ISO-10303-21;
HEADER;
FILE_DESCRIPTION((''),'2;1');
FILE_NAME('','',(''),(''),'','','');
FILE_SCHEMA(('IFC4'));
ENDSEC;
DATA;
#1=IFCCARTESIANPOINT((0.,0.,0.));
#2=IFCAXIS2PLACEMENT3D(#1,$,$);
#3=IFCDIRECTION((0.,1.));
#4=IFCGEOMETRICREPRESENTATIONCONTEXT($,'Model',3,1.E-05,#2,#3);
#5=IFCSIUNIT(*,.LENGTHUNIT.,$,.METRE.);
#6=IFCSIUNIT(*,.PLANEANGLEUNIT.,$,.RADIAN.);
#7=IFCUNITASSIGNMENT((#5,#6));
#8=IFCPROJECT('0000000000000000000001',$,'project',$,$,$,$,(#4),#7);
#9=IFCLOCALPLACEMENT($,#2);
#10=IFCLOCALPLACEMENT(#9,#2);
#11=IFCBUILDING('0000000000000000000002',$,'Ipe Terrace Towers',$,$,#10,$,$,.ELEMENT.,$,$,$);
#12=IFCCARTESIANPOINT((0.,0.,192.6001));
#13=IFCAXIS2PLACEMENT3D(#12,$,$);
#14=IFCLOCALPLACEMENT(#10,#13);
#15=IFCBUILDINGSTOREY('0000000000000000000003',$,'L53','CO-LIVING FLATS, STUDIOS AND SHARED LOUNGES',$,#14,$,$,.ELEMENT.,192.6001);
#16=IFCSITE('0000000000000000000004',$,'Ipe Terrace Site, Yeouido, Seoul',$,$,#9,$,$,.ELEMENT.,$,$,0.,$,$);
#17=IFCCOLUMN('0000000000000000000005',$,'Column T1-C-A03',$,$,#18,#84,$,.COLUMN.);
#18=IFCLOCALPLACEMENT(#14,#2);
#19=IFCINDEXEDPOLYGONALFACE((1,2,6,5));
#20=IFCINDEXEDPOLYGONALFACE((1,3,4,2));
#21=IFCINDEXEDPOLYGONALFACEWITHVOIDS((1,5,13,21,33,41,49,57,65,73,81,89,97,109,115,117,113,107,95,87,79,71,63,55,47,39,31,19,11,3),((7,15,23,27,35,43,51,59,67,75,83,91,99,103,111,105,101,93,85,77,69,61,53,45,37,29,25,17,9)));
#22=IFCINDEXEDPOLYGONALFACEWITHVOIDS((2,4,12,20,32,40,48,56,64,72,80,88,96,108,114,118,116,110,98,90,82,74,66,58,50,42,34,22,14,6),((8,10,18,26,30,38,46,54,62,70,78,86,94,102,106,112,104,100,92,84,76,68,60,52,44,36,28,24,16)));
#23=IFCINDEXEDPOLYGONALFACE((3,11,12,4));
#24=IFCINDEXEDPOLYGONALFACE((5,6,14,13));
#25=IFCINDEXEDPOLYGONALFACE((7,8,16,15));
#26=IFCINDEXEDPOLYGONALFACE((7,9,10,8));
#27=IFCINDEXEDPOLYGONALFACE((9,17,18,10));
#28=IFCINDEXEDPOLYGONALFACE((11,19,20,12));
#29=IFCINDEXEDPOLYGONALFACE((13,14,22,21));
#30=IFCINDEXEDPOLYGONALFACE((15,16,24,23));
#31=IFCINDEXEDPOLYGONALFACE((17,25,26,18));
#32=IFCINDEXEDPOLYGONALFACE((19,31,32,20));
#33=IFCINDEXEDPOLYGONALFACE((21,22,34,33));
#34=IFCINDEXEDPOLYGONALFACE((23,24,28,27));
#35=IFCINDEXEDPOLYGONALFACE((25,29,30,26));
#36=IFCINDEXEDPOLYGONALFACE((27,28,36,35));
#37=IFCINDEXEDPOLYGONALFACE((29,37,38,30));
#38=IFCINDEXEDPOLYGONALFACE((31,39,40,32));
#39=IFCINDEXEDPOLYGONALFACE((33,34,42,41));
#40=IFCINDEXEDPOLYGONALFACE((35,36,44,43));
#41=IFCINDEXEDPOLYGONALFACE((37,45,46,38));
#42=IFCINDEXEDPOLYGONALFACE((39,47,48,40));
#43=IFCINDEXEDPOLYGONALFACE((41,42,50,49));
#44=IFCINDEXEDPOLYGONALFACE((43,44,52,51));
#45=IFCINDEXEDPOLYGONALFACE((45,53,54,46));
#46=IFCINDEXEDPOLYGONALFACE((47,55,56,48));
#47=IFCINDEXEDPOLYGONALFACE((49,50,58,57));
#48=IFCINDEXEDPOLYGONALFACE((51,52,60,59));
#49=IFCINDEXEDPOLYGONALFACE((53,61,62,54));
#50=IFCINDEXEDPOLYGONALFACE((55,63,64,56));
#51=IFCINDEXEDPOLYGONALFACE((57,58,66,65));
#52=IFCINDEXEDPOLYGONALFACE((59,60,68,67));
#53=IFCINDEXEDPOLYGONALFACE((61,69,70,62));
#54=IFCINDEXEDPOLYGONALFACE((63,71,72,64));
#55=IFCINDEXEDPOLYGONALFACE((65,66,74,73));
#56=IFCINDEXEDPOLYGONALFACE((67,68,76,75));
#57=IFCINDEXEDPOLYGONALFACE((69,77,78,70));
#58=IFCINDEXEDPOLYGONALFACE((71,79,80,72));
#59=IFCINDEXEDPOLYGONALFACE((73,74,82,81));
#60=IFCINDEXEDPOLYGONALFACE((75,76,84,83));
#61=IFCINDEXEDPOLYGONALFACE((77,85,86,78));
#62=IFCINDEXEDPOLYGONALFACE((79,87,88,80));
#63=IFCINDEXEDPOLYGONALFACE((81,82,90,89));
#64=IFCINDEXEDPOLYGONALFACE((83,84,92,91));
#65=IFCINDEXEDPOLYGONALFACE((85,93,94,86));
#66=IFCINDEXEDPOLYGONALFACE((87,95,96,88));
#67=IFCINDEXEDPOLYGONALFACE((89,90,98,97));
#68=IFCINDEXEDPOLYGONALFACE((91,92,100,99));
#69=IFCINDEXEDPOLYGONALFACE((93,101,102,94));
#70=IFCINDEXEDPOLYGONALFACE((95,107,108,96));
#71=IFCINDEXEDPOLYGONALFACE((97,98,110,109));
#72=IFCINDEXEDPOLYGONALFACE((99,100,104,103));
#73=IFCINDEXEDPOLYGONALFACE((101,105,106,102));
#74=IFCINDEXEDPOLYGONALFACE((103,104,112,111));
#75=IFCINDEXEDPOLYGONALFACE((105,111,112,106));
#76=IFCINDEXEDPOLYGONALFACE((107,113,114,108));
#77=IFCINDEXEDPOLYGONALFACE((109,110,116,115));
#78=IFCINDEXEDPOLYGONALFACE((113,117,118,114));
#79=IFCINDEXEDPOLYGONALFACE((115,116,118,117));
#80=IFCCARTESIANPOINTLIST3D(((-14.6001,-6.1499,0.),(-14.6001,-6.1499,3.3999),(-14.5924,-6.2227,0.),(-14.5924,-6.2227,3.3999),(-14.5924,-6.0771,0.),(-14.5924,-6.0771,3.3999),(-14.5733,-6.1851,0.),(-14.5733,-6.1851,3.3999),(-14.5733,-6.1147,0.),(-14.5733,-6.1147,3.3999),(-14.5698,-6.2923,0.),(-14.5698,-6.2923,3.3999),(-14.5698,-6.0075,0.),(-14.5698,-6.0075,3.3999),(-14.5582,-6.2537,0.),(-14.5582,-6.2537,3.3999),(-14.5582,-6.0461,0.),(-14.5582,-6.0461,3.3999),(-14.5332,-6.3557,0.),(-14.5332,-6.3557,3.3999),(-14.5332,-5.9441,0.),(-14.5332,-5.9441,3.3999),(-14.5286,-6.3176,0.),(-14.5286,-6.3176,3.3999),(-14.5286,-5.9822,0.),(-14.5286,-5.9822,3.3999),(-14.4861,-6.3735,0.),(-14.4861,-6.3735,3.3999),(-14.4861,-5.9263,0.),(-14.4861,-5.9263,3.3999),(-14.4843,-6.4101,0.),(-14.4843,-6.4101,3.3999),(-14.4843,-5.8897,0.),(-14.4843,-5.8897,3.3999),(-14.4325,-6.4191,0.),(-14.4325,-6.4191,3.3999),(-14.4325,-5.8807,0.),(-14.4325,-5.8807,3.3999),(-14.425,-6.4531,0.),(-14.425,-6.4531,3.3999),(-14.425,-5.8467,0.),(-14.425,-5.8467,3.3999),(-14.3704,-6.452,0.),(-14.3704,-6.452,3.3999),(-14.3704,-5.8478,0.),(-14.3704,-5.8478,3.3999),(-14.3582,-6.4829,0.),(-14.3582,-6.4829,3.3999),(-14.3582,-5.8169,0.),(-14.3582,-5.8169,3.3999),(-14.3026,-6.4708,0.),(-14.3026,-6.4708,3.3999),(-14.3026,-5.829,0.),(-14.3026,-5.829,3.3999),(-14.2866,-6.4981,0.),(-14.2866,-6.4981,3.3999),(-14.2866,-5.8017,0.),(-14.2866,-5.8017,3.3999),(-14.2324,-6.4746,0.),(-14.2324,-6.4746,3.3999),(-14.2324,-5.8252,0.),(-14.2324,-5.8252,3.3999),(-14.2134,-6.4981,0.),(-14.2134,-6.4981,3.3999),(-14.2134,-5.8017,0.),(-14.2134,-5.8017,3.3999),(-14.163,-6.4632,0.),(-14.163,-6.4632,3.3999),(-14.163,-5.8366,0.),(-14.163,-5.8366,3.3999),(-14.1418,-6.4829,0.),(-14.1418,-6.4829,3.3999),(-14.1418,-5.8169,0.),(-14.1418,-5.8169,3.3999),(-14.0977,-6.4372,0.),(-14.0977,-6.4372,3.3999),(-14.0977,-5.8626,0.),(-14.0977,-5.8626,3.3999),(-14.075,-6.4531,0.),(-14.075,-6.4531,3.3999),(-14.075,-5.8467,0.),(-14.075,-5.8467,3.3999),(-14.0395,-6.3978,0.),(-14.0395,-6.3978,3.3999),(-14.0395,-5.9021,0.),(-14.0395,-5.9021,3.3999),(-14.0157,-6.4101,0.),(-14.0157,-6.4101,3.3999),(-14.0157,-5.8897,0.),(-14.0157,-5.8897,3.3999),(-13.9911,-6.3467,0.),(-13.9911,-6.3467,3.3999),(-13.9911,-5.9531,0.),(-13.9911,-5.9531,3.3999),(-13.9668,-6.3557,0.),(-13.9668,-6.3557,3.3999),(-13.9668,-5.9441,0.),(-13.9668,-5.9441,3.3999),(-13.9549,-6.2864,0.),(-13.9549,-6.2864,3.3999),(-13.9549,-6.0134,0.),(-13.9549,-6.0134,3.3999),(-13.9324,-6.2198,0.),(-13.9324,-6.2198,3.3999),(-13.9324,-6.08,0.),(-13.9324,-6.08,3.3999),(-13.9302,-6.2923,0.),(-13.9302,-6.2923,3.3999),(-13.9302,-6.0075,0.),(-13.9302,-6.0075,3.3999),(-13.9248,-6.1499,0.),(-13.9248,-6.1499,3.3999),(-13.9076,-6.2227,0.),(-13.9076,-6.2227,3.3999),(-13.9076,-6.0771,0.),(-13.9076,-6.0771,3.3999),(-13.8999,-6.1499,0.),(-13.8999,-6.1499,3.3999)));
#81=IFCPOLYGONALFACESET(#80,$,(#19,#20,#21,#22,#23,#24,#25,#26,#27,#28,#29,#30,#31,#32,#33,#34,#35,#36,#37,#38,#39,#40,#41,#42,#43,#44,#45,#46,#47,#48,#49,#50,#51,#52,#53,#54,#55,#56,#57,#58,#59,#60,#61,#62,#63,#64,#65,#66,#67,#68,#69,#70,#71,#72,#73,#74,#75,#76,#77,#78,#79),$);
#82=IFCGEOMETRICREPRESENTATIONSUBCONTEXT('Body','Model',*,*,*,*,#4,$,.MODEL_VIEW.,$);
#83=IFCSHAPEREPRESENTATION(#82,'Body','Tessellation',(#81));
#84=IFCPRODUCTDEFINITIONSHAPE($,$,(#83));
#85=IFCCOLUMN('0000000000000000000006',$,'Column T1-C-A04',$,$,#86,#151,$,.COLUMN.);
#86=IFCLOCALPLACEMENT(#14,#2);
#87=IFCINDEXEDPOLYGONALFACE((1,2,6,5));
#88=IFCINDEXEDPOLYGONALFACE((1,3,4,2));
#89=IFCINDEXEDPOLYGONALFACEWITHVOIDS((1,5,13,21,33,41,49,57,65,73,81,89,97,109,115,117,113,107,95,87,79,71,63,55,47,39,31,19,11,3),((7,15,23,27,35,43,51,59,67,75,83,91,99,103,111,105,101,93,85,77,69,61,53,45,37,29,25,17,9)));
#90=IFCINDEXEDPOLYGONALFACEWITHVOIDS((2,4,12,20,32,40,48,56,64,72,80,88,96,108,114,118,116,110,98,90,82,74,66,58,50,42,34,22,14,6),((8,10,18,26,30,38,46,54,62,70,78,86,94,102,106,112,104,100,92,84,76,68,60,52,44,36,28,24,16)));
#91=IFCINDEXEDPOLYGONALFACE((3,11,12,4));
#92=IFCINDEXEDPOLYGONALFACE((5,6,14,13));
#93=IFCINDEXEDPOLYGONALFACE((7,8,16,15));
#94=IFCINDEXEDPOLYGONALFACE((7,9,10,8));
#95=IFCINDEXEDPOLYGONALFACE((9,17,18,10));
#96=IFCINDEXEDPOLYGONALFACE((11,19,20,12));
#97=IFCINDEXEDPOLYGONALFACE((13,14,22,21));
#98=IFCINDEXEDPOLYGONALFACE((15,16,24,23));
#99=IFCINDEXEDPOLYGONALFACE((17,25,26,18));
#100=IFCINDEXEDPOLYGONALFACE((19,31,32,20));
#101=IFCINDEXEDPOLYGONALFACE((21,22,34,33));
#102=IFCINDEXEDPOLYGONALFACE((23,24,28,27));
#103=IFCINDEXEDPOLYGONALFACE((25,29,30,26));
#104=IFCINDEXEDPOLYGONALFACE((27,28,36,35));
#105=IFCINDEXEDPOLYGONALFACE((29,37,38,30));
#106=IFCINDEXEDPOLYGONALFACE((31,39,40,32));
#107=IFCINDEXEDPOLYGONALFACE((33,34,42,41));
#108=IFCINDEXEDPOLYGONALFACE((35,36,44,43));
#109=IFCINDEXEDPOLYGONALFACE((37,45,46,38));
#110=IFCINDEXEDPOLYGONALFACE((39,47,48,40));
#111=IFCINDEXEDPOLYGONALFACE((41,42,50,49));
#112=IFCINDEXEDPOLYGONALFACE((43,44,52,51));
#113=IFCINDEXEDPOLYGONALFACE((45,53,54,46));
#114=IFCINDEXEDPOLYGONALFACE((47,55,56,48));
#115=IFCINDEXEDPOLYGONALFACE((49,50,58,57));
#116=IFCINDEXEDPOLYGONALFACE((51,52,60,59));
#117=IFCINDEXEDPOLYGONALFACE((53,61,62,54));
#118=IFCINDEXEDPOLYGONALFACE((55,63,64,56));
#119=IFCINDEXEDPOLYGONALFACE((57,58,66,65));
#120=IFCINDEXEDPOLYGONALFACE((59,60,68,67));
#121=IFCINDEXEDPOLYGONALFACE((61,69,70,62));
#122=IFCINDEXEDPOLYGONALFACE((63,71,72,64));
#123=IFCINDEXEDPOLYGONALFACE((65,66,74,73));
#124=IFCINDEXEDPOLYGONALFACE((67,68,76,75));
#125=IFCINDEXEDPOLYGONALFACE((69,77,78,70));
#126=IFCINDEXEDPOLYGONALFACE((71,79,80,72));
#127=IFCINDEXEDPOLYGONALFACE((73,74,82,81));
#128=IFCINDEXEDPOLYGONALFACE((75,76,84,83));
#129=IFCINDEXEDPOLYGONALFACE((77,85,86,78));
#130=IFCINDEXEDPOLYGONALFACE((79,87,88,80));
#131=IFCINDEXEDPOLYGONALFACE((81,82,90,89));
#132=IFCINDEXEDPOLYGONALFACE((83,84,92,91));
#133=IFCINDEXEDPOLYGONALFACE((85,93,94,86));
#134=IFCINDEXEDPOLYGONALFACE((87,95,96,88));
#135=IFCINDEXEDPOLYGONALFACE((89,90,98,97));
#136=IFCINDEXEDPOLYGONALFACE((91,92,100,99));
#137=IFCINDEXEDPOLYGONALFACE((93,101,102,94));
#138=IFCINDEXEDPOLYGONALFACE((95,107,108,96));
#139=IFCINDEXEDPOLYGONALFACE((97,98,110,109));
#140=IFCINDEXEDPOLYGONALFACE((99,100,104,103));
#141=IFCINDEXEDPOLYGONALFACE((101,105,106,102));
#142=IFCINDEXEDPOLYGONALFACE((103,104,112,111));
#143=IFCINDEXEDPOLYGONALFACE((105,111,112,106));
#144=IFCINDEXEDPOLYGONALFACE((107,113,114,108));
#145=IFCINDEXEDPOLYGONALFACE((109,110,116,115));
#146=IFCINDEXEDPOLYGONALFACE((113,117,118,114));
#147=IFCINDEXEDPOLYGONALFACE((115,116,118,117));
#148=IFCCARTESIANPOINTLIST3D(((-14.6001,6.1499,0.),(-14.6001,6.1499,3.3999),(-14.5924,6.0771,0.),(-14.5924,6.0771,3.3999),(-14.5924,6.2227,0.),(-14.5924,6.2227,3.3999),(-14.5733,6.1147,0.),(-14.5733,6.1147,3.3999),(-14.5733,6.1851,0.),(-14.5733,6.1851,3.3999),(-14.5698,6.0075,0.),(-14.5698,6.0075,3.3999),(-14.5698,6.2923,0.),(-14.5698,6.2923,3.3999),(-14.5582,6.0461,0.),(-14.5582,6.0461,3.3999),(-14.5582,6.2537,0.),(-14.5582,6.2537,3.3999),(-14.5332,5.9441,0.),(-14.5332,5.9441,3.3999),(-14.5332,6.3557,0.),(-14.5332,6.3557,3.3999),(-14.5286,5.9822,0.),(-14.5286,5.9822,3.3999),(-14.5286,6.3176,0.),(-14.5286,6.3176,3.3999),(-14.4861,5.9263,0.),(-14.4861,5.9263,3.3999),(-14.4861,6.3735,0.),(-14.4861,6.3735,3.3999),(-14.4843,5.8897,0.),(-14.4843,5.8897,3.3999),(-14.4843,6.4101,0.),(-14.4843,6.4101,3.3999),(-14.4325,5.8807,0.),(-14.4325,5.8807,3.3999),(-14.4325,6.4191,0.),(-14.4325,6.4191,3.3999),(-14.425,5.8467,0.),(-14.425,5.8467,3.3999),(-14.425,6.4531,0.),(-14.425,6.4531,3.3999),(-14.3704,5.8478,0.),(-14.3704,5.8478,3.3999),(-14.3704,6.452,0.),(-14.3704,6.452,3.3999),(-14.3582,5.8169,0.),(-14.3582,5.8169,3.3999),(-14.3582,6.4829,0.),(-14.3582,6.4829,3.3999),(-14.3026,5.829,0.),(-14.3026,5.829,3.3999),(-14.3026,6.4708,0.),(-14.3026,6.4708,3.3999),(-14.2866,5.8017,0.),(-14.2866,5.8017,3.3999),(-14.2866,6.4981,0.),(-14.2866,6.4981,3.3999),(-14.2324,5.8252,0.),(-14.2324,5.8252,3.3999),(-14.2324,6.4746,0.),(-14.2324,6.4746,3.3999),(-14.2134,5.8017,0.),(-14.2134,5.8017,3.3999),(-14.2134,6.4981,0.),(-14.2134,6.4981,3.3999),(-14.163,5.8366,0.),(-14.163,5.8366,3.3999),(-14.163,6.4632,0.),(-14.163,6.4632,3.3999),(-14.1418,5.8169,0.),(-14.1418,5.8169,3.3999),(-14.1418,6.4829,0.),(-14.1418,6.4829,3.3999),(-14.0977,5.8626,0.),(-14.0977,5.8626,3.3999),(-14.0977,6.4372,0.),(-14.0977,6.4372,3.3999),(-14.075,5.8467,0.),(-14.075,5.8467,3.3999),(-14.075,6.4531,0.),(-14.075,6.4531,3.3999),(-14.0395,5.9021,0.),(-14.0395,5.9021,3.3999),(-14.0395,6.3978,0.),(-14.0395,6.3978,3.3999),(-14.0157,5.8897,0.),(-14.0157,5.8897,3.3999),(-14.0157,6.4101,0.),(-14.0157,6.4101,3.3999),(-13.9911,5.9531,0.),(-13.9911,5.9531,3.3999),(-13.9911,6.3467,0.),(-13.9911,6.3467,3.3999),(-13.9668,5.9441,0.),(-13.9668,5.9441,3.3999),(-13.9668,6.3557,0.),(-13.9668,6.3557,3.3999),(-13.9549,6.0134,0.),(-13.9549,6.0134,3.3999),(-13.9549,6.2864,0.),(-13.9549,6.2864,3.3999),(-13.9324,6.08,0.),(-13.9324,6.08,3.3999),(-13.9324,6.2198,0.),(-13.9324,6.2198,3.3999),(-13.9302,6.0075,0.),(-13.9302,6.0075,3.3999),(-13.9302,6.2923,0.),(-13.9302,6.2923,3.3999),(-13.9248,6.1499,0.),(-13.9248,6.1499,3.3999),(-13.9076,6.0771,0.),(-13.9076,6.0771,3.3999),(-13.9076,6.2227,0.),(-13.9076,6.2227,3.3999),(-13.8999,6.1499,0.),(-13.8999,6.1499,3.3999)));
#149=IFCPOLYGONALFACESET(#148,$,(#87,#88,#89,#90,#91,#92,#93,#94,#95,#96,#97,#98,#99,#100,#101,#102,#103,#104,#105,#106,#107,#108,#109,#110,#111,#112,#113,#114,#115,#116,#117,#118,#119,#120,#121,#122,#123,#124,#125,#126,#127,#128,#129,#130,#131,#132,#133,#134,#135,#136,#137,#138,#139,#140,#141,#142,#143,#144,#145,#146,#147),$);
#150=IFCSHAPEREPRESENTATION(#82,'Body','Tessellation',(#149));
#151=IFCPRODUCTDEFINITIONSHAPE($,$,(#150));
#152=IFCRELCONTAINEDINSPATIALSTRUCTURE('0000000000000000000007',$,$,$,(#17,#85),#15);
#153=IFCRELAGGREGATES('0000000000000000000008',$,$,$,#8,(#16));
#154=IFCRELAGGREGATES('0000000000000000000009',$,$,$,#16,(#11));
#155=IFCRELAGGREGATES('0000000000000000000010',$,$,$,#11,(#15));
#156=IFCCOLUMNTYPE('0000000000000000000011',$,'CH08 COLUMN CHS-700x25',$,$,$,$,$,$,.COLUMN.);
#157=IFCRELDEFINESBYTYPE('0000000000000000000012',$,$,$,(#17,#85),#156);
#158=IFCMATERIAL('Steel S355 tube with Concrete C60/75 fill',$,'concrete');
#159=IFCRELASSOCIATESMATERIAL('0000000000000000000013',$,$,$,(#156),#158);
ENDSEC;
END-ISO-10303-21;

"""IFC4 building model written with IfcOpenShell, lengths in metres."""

from ifc_helpers import new_model, si_unit, direction, frame, origin, origin_2d, place, context, subcontext, project, spatial, hollow_circle, extrude, material, material_profile, profile_set, type_object, element, save


model = new_model("IFC4")

# Units and contexts
model_context = context("Model", 3, precision=1e-05, world=origin(), true_north=direction((0.0, 1.0)))
body_context = subcontext(model_context, "Body", "Model", "MODEL_VIEW")
ifc_project = project(units=[si_unit("LENGTHUNIT", "METRE"), si_unit("PLANEANGLEUNIT", "RADIAN")], contexts=[model_context])

# Site, building, storey
site_placement = place(None, origin())
site = spatial("IfcSite", under=ifc_project, at=site_placement, Name="Ipe Terrace Site, Yeouido, Seoul", CompositionType="ELEMENT", RefElevation=0.0)
building_placement = place(site_placement, origin())
building = spatial("IfcBuilding", under=site, at=building_placement, Name="Ipe Terrace Towers", CompositionType="ELEMENT")
storey_placement = place(building_placement, frame((0.0, 0.0, 192.6001)))
storey = spatial("IfcBuildingStorey", under=building, at=storey_placement, Name="L53", Description="CO-LIVING FLATS, STUDIOS AND SHARED LOUNGES", CompositionType="ELEMENT", Elevation=192.6001)

# Columns
ifc_material_1 = material(Name="Steel S355 tube with Concrete C60/75 fill", Category="concrete")
ifc_material_profile_1 = material_profile(ifc_material_1, hollow_circle(Radius=0.3501, WallThickness=0.0249, at=origin_2d()), Name="CHS-700x25")
ifc_profile_set_1 = profile_set([ifc_material_profile_1], Name="Steel S355 tube with Concrete C60/75 fill")
column_type = type_object("IfcColumnType", Name="CH08 COLUMN CHS-700x25", PredefinedType="COLUMN", material=ifc_profile_set_1)
for number, where, z_axis, x_axis, name in (
    (1, (-14.25, -6.1499, 0.0), (0.0, 0.0, 1.0), (1.0, 0.0, 0.0), "Column T1-C-A03"),
    (2, (-14.25, 6.1499, 0.0), (0.0, 0.0, 1.0), (1.0, 0.0, 0.0), "Column T1-C-A04"),
):
    element("IfcColumn", number, at=place(storey_placement, frame(where, z_axis=z_axis, x_axis=x_axis)), inside=storey, type_object=column_type, Name=name, PredefinedType="COLUMN", context=body_context, shape_type="SweptSolid", body=[
        extrude(hollow_circle(Radius=0.3501, WallThickness=0.0249, at=origin_2d()), origin(), (0.0, 0.0, 1.0), 3.3999),
    ])

save(model, "model.ifc")
